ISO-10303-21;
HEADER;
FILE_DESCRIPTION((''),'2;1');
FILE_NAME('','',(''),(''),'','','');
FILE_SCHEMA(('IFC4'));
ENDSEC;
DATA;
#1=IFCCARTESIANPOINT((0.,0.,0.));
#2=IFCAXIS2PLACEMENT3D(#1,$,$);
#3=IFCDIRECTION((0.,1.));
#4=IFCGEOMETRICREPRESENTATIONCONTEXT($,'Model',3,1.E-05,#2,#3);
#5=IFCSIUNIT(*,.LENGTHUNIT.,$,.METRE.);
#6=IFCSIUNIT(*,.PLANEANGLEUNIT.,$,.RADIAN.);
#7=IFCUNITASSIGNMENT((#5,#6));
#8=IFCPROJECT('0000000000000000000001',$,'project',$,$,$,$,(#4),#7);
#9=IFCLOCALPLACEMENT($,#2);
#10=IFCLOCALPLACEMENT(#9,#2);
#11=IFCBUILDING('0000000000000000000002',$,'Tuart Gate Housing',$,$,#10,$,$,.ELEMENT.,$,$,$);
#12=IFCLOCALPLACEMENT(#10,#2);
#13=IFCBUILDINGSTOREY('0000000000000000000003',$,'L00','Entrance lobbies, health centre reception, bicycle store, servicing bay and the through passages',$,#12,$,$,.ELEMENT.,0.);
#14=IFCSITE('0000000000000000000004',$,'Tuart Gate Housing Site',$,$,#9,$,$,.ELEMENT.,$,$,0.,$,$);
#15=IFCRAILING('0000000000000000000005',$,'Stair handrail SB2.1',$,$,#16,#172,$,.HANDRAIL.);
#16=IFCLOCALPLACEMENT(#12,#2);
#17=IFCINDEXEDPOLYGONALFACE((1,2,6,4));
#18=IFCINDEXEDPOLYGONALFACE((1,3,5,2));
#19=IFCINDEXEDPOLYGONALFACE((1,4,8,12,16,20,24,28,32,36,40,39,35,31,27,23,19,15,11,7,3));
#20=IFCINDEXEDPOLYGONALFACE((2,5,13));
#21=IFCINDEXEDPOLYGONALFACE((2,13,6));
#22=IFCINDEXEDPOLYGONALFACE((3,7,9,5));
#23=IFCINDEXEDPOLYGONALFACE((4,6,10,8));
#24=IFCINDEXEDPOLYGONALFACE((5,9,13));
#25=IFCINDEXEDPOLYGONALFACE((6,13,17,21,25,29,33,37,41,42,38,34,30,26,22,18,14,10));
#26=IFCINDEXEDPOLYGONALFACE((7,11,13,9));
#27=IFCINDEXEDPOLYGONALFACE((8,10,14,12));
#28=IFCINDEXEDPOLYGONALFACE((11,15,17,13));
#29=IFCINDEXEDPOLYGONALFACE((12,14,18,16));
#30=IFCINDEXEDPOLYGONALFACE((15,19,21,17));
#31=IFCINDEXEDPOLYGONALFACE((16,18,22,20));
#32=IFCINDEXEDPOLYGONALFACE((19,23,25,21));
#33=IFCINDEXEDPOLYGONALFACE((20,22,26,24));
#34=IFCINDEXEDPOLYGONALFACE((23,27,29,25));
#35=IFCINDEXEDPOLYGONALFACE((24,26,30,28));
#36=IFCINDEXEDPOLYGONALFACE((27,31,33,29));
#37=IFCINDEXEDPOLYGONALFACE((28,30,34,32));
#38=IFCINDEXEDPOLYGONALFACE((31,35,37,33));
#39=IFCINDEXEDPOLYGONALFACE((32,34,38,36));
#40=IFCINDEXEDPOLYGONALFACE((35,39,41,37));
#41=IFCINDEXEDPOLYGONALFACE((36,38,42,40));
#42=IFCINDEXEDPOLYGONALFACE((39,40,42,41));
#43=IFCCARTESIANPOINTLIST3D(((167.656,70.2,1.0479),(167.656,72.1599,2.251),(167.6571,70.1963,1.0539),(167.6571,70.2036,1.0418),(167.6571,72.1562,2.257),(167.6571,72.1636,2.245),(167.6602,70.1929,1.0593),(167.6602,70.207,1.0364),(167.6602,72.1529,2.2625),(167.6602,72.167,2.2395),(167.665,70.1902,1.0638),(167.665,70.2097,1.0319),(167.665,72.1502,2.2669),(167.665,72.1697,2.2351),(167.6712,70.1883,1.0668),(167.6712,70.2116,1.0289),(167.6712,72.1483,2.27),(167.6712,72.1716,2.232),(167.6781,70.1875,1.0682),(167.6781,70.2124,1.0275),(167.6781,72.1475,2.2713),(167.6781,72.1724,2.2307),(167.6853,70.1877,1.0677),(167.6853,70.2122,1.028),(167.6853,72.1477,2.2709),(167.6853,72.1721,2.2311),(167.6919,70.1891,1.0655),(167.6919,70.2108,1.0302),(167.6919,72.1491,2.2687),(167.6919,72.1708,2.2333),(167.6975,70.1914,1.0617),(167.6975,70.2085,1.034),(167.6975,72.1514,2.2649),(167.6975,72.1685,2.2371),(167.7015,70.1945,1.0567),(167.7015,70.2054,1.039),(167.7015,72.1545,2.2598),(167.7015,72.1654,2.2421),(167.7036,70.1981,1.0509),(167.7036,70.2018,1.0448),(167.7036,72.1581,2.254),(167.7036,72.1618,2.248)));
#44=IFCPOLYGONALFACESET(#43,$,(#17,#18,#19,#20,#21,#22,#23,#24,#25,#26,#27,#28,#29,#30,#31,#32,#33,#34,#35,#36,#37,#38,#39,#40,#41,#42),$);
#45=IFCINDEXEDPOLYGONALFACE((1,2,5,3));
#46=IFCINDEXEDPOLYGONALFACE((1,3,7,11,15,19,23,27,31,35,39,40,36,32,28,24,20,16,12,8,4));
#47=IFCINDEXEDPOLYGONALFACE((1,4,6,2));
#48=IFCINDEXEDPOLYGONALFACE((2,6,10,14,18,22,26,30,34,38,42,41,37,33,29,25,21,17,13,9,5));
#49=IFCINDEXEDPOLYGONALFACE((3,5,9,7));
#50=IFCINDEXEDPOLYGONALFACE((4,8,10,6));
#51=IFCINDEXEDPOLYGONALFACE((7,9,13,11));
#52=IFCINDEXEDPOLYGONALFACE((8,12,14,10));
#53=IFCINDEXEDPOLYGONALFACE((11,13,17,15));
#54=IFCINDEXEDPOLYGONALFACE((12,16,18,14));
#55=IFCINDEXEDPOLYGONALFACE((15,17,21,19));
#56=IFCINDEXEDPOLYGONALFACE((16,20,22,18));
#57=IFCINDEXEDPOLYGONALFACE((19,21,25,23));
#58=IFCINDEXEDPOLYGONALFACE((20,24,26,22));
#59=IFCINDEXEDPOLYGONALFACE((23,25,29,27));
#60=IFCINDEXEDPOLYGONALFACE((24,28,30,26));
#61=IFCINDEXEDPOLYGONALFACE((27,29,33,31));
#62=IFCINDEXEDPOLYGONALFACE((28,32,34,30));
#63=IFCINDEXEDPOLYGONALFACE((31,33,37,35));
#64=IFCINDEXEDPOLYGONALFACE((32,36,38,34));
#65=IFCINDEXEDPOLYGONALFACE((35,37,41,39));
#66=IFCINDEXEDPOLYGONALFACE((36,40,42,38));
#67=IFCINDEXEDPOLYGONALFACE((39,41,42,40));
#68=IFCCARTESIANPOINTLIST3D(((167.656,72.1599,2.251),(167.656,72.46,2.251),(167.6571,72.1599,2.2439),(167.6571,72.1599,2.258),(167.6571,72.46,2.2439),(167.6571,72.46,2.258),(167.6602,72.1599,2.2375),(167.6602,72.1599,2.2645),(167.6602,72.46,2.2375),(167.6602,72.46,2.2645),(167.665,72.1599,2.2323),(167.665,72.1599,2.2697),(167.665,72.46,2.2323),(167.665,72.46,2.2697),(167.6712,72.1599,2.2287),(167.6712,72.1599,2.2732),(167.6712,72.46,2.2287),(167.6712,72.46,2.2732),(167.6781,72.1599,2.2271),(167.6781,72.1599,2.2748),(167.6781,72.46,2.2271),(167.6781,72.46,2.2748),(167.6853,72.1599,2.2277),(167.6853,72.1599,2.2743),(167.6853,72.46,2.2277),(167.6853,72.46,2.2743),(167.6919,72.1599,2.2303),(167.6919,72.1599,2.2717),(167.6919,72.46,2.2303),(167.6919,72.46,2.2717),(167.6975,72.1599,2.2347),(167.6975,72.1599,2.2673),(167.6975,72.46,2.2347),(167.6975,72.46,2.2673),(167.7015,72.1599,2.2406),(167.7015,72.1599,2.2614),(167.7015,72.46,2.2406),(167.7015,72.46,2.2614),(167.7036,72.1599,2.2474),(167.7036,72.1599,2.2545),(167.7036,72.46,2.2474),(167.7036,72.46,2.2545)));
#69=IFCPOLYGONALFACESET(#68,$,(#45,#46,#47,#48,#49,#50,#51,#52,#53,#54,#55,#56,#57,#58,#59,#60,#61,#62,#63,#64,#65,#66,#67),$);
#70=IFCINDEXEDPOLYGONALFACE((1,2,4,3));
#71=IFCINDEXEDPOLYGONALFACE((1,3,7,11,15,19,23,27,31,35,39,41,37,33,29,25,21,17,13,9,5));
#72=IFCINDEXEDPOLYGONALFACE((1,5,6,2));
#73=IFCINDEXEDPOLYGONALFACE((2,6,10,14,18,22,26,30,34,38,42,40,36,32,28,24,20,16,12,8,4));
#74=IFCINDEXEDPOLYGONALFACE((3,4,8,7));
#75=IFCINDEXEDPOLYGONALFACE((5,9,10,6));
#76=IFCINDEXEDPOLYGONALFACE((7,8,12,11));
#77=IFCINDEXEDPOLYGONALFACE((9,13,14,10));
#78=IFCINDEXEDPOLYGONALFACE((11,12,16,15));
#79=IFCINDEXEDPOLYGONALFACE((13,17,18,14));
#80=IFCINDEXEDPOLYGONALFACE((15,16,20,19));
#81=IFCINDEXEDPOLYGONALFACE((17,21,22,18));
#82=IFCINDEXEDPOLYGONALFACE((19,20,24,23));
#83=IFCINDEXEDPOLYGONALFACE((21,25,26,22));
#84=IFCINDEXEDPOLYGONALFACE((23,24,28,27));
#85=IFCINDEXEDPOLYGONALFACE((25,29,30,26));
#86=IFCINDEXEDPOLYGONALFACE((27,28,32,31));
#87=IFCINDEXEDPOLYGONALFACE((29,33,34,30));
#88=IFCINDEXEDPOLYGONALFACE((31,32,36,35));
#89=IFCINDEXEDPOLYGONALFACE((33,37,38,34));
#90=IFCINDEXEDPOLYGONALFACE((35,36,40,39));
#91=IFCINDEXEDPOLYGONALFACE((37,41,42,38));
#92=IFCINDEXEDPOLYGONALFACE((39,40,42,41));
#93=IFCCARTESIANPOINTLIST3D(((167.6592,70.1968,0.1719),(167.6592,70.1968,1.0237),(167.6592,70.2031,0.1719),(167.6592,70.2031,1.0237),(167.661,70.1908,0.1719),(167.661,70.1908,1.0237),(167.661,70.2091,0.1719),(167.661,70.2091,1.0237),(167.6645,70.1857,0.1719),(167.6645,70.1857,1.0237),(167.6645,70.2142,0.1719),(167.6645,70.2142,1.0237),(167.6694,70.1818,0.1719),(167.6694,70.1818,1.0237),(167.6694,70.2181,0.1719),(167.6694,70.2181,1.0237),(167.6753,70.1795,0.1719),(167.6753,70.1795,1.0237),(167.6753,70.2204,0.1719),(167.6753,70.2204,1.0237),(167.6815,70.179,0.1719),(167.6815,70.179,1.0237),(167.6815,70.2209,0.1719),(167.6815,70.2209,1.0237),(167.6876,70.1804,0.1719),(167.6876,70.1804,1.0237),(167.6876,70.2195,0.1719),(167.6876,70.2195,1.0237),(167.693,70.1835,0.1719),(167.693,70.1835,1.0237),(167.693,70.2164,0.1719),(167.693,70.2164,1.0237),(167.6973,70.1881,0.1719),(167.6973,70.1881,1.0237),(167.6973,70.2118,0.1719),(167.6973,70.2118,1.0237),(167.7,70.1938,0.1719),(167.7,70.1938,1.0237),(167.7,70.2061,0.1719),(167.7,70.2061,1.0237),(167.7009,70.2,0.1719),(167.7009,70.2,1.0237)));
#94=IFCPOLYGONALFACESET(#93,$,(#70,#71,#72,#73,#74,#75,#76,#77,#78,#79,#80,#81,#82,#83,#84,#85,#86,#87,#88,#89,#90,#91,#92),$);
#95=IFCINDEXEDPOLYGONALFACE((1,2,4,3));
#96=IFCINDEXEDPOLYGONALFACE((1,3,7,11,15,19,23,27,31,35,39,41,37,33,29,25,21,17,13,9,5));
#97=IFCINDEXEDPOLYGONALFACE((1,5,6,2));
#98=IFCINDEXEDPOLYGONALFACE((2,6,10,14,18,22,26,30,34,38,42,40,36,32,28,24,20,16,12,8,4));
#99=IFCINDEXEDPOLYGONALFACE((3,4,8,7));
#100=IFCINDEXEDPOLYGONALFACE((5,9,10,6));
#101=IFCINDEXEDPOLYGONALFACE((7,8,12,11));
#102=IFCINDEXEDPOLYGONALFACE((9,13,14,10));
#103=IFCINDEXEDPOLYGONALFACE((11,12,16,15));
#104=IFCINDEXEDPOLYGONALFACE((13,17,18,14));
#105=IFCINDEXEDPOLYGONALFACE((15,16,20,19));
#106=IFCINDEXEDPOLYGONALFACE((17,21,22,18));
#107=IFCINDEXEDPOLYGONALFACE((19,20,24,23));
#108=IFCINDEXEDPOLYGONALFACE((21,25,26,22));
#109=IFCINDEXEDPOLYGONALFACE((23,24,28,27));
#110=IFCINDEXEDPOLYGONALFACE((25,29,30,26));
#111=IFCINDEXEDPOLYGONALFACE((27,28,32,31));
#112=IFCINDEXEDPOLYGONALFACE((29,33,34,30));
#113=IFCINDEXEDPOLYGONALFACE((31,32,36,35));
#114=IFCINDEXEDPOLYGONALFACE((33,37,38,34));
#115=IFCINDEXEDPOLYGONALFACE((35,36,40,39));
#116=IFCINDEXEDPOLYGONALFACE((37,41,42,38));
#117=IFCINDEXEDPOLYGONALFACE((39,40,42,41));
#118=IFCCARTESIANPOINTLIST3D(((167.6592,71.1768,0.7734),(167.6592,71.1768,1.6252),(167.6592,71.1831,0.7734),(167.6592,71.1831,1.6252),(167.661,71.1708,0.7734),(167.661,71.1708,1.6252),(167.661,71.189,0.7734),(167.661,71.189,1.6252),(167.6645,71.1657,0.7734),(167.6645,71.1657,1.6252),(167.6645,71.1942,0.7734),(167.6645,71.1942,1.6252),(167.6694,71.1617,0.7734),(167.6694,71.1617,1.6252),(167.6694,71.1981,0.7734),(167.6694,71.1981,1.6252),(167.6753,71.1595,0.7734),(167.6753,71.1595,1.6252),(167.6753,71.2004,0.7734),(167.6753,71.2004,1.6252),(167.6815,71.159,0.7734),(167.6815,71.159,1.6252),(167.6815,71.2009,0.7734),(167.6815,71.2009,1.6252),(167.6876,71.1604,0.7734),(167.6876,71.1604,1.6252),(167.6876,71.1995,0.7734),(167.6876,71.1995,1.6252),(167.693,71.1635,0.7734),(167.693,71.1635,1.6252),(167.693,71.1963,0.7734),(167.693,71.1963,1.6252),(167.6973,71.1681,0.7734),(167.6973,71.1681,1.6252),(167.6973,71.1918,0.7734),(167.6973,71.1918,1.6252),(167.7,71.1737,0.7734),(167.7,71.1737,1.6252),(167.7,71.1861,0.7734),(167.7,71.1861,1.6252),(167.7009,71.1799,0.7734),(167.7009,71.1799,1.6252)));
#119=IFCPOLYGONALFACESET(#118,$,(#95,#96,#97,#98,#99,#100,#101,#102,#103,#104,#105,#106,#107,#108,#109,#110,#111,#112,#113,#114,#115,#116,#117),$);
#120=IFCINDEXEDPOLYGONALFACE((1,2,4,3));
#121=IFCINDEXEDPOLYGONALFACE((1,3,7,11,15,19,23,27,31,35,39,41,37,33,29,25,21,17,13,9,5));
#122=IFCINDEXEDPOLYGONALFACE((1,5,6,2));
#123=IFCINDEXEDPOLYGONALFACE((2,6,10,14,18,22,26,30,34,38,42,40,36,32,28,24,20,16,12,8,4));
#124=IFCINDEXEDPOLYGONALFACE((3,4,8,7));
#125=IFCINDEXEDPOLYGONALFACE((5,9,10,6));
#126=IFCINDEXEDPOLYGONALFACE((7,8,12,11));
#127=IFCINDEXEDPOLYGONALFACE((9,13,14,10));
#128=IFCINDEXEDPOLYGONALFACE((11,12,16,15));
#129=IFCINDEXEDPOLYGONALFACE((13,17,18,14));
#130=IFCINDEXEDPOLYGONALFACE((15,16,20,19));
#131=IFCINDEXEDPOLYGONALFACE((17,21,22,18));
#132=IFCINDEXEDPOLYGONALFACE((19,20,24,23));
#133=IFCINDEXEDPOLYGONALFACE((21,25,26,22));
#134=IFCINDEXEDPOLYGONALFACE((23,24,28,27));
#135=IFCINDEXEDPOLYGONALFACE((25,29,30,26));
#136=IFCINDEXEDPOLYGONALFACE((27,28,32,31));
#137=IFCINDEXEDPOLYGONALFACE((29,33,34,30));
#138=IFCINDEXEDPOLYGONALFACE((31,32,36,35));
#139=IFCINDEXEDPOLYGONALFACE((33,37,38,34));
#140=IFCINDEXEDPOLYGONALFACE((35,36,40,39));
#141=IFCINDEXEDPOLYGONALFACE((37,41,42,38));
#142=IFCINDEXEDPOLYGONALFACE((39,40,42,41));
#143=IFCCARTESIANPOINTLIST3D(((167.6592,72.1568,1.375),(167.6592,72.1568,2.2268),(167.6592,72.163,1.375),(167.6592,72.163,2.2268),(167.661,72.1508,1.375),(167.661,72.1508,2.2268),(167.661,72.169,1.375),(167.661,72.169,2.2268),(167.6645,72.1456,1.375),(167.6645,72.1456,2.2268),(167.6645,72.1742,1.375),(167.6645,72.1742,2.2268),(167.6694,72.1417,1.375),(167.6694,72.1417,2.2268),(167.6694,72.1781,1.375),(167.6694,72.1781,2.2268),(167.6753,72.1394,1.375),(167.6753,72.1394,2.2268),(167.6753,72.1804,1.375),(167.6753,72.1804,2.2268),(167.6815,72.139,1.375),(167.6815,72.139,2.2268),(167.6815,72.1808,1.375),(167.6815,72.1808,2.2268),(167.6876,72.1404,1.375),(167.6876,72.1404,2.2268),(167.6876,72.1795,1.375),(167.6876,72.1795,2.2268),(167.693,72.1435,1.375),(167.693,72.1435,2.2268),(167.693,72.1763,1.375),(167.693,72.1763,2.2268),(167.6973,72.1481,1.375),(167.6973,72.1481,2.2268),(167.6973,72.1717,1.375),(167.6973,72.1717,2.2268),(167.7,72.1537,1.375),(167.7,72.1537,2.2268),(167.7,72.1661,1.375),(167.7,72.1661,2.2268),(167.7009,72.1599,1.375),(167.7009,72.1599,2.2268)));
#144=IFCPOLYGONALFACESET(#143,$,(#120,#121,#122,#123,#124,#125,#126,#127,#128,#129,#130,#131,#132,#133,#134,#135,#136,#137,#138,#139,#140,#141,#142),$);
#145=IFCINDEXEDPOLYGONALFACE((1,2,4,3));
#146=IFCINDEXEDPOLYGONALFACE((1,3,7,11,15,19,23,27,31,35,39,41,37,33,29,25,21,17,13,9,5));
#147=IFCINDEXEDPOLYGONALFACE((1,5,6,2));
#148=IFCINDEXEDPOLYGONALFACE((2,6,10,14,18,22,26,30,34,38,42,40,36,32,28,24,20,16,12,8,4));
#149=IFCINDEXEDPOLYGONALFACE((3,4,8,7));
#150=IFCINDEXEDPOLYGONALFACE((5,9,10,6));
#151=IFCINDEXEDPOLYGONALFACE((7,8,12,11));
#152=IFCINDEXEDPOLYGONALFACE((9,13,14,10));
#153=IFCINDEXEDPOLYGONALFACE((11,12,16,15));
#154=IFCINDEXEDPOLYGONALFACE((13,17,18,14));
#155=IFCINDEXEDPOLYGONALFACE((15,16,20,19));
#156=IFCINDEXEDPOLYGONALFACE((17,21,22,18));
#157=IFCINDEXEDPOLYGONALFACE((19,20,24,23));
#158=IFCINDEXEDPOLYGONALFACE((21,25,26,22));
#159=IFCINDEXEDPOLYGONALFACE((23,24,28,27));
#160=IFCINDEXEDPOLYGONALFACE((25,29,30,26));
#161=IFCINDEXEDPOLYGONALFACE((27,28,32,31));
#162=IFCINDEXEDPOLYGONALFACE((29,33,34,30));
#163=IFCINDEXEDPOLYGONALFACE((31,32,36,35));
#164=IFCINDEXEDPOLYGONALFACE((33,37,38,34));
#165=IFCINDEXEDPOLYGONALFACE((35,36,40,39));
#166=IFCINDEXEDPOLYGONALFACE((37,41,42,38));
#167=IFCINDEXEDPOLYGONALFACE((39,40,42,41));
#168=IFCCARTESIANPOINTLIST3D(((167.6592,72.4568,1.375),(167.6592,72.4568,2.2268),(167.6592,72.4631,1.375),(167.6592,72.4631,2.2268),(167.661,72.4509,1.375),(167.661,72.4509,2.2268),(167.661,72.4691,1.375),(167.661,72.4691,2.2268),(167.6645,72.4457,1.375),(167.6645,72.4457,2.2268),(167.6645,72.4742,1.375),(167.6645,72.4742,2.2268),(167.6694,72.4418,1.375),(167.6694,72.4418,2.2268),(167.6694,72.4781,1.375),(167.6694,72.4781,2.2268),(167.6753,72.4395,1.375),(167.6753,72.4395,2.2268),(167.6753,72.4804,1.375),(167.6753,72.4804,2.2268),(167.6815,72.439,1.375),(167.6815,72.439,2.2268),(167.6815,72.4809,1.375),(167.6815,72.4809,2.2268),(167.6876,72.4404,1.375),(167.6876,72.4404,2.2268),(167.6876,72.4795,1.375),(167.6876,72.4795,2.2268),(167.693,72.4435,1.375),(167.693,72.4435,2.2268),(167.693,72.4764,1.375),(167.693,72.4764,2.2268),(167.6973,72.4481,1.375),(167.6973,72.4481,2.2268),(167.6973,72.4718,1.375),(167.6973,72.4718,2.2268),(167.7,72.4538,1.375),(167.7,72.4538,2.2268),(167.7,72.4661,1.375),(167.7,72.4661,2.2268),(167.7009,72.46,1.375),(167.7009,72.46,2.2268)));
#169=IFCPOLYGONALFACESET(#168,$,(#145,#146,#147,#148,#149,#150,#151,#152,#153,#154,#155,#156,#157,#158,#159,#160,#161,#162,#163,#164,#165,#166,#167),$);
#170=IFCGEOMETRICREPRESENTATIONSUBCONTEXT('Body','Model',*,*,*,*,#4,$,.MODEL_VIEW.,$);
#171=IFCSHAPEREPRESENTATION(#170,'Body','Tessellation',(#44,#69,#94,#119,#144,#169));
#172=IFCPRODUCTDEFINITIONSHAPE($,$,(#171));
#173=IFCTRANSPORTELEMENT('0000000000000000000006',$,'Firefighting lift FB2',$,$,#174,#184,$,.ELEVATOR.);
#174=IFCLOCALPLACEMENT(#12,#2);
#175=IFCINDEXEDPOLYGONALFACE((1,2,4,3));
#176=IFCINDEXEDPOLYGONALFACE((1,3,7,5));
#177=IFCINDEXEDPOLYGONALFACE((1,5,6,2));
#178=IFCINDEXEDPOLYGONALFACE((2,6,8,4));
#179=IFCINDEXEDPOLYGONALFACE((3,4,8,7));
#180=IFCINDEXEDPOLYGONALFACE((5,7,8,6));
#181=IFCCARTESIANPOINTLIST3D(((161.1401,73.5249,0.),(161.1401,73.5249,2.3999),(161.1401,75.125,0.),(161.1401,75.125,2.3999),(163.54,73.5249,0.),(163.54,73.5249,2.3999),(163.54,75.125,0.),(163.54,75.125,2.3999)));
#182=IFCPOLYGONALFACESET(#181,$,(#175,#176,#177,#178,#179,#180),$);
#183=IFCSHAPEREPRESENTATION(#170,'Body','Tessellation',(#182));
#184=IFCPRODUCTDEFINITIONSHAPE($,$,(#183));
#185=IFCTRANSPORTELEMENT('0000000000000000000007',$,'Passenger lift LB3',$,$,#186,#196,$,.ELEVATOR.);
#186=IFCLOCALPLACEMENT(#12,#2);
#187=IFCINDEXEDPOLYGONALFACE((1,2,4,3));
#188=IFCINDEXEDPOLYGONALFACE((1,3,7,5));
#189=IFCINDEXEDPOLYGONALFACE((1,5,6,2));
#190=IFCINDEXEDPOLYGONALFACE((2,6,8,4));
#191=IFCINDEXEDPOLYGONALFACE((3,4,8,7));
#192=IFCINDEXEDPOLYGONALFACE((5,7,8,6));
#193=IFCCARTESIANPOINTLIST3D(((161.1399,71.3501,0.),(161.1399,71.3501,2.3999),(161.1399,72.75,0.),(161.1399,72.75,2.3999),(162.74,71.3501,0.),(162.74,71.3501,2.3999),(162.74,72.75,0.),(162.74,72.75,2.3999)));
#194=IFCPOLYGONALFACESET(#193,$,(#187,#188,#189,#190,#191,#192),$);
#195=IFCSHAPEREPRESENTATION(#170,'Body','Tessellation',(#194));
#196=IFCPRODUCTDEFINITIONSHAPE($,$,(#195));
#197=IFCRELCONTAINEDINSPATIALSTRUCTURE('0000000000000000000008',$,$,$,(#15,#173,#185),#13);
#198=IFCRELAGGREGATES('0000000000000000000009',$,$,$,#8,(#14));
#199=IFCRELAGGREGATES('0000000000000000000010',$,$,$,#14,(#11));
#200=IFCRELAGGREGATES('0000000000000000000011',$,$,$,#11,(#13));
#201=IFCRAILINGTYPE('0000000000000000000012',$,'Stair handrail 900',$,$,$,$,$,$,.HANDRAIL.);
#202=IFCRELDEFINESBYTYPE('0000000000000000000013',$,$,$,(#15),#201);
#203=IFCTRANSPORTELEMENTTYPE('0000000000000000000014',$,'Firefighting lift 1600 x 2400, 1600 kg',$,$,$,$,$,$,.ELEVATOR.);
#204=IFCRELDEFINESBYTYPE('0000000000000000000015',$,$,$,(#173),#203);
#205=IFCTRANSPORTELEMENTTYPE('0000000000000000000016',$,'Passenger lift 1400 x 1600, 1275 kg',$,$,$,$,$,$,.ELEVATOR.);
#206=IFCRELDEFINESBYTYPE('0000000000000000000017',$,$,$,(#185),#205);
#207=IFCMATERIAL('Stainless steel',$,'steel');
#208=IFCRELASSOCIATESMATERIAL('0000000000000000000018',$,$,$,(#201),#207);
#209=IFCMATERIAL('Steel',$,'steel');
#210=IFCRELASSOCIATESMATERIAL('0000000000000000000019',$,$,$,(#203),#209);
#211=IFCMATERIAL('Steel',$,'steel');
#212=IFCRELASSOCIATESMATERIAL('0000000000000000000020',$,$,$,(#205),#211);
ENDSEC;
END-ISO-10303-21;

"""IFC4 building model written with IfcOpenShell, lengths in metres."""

from ifc_helpers import new_model, si_unit, direction, frame, origin, origin_2d, place, context, subcontext, project, spatial, rectangle, circle, extrude, material, type_object, element, save


model = new_model("IFC4")

# Units and contexts
model_context = context("Model", 3, precision=1e-05, world=origin(), true_north=direction((0.0, 1.0)))
body_context = subcontext(model_context, "Body", "Model", "MODEL_VIEW")
ifc_project = project(units=[si_unit("LENGTHUNIT", "METRE"), si_unit("PLANEANGLEUNIT", "RADIAN")], contexts=[model_context])

# Site, building, storey
site_placement = place(None, origin())
site = spatial("IfcSite", under=ifc_project, at=site_placement, Name="Tuart Gate Housing Site", CompositionType="ELEMENT", RefElevation=0.0)
building_placement = place(site_placement, origin())
building = spatial("IfcBuilding", under=site, at=building_placement, Name="Tuart Gate Housing", CompositionType="ELEMENT")
storey_placement = place(building_placement, origin())
storey = spatial("IfcBuildingStorey", under=building, at=storey_placement, Name="L00", Description="Entrance lobbies, health centre reception, bicycle store, servicing bay and the through passages", CompositionType="ELEMENT", Elevation=0.0)

# Railing
ifc_material_1 = material(Name="Stainless steel", Category="steel")
railing_type = type_object("IfcRailingType", Name="Stair handrail 900", PredefinedType="HANDRAIL", material=ifc_material_1)
railing_placement = place(storey_placement, frame((167.6799, 70.2, 0.1719)))
element("IfcRailing", 1, at=railing_placement, inside=storey, type_object=railing_type, Name="Stair handrail SB2.1", PredefinedType="HANDRAIL", context=body_context, shape_type="SweptSolid", body=[
    extrude(circle(Radius=0.0239, at=origin_2d()), frame((0.0, 0.0, 0.876), z_axis=(0.0, 0.852241, 0.523149), x_axis=(-1.0, 0.0, 0.0)), (0.0, 0.0, 1.0), 2.2998),
    extrude(circle(Radius=0.0239, at=origin_2d()), frame((0.0, 1.96, 2.0791), z_axis=(0.0, 1.0, 0.0), x_axis=(-1.0, 0.0, 0.0)), (0.0, 0.0, 1.0), 0.3),
    extrude(circle(Radius=0.021, at=origin_2d()), origin(), (0.0, 0.0, 1.0), 0.8518),
    extrude(circle(Radius=0.021, at=origin_2d()), frame((0.0, 0.98, 0.6016)), (0.0, 0.0, 1.0), 0.8518),
    extrude(circle(Radius=0.021, at=origin_2d()), frame((0.0, 1.96, 1.2031)), (0.0, 0.0, 1.0), 0.8518),
    extrude(circle(Radius=0.021, at=origin_2d()), frame((0.0, 2.26, 1.2031)), (0.0, 0.0, 1.0), 0.8518),
])

# Transport elements
ifc_material_2 = material(Name="Steel", Category="steel")
transport_element_type_1 = type_object("IfcTransportElementType", Name="Firefighting lift 1600 x 2400, 1600 kg", PredefinedType="ELEVATOR", material=ifc_material_2)
transport_element_1_placement = place(storey_placement, frame((162.3401, 74.325, 0.0), z_axis=(0.0, 0.0, 1.0), x_axis=(0.0, 1.0, 0.0)))
element("IfcTransportElement", 2, at=transport_element_1_placement, inside=storey, type_object=transport_element_type_1, Name="Firefighting lift FB2", PredefinedType="ELEVATOR", context=body_context, shape_type="SweptSolid", body=[
    extrude(rectangle(XDim=1.6001, YDim=2.3999, at=origin_2d()), origin(), (0.0, 0.0, 1.0), 2.3999),
])
ifc_material_3 = material(Name="Steel", Category="steel")
transport_element_type_2 = type_object("IfcTransportElementType", Name="Passenger lift 1400 x 1600, 1275 kg", PredefinedType="ELEVATOR", material=ifc_material_3)
transport_element_2_placement = place(storey_placement, frame((161.9399, 72.05, 0.0), z_axis=(0.0, 0.0, 1.0), x_axis=(0.0, 1.0, 0.0)))
element("IfcTransportElement", 3, at=transport_element_2_placement, inside=storey, type_object=transport_element_type_2, Name="Passenger lift LB3", PredefinedType="ELEVATOR", context=body_context, shape_type="SweptSolid", body=[
    extrude(rectangle(XDim=1.3999, YDim=1.6001, at=origin_2d()), origin(), (0.0, 0.0, 1.0), 2.3999),
])

save(model, "model.ifc")
